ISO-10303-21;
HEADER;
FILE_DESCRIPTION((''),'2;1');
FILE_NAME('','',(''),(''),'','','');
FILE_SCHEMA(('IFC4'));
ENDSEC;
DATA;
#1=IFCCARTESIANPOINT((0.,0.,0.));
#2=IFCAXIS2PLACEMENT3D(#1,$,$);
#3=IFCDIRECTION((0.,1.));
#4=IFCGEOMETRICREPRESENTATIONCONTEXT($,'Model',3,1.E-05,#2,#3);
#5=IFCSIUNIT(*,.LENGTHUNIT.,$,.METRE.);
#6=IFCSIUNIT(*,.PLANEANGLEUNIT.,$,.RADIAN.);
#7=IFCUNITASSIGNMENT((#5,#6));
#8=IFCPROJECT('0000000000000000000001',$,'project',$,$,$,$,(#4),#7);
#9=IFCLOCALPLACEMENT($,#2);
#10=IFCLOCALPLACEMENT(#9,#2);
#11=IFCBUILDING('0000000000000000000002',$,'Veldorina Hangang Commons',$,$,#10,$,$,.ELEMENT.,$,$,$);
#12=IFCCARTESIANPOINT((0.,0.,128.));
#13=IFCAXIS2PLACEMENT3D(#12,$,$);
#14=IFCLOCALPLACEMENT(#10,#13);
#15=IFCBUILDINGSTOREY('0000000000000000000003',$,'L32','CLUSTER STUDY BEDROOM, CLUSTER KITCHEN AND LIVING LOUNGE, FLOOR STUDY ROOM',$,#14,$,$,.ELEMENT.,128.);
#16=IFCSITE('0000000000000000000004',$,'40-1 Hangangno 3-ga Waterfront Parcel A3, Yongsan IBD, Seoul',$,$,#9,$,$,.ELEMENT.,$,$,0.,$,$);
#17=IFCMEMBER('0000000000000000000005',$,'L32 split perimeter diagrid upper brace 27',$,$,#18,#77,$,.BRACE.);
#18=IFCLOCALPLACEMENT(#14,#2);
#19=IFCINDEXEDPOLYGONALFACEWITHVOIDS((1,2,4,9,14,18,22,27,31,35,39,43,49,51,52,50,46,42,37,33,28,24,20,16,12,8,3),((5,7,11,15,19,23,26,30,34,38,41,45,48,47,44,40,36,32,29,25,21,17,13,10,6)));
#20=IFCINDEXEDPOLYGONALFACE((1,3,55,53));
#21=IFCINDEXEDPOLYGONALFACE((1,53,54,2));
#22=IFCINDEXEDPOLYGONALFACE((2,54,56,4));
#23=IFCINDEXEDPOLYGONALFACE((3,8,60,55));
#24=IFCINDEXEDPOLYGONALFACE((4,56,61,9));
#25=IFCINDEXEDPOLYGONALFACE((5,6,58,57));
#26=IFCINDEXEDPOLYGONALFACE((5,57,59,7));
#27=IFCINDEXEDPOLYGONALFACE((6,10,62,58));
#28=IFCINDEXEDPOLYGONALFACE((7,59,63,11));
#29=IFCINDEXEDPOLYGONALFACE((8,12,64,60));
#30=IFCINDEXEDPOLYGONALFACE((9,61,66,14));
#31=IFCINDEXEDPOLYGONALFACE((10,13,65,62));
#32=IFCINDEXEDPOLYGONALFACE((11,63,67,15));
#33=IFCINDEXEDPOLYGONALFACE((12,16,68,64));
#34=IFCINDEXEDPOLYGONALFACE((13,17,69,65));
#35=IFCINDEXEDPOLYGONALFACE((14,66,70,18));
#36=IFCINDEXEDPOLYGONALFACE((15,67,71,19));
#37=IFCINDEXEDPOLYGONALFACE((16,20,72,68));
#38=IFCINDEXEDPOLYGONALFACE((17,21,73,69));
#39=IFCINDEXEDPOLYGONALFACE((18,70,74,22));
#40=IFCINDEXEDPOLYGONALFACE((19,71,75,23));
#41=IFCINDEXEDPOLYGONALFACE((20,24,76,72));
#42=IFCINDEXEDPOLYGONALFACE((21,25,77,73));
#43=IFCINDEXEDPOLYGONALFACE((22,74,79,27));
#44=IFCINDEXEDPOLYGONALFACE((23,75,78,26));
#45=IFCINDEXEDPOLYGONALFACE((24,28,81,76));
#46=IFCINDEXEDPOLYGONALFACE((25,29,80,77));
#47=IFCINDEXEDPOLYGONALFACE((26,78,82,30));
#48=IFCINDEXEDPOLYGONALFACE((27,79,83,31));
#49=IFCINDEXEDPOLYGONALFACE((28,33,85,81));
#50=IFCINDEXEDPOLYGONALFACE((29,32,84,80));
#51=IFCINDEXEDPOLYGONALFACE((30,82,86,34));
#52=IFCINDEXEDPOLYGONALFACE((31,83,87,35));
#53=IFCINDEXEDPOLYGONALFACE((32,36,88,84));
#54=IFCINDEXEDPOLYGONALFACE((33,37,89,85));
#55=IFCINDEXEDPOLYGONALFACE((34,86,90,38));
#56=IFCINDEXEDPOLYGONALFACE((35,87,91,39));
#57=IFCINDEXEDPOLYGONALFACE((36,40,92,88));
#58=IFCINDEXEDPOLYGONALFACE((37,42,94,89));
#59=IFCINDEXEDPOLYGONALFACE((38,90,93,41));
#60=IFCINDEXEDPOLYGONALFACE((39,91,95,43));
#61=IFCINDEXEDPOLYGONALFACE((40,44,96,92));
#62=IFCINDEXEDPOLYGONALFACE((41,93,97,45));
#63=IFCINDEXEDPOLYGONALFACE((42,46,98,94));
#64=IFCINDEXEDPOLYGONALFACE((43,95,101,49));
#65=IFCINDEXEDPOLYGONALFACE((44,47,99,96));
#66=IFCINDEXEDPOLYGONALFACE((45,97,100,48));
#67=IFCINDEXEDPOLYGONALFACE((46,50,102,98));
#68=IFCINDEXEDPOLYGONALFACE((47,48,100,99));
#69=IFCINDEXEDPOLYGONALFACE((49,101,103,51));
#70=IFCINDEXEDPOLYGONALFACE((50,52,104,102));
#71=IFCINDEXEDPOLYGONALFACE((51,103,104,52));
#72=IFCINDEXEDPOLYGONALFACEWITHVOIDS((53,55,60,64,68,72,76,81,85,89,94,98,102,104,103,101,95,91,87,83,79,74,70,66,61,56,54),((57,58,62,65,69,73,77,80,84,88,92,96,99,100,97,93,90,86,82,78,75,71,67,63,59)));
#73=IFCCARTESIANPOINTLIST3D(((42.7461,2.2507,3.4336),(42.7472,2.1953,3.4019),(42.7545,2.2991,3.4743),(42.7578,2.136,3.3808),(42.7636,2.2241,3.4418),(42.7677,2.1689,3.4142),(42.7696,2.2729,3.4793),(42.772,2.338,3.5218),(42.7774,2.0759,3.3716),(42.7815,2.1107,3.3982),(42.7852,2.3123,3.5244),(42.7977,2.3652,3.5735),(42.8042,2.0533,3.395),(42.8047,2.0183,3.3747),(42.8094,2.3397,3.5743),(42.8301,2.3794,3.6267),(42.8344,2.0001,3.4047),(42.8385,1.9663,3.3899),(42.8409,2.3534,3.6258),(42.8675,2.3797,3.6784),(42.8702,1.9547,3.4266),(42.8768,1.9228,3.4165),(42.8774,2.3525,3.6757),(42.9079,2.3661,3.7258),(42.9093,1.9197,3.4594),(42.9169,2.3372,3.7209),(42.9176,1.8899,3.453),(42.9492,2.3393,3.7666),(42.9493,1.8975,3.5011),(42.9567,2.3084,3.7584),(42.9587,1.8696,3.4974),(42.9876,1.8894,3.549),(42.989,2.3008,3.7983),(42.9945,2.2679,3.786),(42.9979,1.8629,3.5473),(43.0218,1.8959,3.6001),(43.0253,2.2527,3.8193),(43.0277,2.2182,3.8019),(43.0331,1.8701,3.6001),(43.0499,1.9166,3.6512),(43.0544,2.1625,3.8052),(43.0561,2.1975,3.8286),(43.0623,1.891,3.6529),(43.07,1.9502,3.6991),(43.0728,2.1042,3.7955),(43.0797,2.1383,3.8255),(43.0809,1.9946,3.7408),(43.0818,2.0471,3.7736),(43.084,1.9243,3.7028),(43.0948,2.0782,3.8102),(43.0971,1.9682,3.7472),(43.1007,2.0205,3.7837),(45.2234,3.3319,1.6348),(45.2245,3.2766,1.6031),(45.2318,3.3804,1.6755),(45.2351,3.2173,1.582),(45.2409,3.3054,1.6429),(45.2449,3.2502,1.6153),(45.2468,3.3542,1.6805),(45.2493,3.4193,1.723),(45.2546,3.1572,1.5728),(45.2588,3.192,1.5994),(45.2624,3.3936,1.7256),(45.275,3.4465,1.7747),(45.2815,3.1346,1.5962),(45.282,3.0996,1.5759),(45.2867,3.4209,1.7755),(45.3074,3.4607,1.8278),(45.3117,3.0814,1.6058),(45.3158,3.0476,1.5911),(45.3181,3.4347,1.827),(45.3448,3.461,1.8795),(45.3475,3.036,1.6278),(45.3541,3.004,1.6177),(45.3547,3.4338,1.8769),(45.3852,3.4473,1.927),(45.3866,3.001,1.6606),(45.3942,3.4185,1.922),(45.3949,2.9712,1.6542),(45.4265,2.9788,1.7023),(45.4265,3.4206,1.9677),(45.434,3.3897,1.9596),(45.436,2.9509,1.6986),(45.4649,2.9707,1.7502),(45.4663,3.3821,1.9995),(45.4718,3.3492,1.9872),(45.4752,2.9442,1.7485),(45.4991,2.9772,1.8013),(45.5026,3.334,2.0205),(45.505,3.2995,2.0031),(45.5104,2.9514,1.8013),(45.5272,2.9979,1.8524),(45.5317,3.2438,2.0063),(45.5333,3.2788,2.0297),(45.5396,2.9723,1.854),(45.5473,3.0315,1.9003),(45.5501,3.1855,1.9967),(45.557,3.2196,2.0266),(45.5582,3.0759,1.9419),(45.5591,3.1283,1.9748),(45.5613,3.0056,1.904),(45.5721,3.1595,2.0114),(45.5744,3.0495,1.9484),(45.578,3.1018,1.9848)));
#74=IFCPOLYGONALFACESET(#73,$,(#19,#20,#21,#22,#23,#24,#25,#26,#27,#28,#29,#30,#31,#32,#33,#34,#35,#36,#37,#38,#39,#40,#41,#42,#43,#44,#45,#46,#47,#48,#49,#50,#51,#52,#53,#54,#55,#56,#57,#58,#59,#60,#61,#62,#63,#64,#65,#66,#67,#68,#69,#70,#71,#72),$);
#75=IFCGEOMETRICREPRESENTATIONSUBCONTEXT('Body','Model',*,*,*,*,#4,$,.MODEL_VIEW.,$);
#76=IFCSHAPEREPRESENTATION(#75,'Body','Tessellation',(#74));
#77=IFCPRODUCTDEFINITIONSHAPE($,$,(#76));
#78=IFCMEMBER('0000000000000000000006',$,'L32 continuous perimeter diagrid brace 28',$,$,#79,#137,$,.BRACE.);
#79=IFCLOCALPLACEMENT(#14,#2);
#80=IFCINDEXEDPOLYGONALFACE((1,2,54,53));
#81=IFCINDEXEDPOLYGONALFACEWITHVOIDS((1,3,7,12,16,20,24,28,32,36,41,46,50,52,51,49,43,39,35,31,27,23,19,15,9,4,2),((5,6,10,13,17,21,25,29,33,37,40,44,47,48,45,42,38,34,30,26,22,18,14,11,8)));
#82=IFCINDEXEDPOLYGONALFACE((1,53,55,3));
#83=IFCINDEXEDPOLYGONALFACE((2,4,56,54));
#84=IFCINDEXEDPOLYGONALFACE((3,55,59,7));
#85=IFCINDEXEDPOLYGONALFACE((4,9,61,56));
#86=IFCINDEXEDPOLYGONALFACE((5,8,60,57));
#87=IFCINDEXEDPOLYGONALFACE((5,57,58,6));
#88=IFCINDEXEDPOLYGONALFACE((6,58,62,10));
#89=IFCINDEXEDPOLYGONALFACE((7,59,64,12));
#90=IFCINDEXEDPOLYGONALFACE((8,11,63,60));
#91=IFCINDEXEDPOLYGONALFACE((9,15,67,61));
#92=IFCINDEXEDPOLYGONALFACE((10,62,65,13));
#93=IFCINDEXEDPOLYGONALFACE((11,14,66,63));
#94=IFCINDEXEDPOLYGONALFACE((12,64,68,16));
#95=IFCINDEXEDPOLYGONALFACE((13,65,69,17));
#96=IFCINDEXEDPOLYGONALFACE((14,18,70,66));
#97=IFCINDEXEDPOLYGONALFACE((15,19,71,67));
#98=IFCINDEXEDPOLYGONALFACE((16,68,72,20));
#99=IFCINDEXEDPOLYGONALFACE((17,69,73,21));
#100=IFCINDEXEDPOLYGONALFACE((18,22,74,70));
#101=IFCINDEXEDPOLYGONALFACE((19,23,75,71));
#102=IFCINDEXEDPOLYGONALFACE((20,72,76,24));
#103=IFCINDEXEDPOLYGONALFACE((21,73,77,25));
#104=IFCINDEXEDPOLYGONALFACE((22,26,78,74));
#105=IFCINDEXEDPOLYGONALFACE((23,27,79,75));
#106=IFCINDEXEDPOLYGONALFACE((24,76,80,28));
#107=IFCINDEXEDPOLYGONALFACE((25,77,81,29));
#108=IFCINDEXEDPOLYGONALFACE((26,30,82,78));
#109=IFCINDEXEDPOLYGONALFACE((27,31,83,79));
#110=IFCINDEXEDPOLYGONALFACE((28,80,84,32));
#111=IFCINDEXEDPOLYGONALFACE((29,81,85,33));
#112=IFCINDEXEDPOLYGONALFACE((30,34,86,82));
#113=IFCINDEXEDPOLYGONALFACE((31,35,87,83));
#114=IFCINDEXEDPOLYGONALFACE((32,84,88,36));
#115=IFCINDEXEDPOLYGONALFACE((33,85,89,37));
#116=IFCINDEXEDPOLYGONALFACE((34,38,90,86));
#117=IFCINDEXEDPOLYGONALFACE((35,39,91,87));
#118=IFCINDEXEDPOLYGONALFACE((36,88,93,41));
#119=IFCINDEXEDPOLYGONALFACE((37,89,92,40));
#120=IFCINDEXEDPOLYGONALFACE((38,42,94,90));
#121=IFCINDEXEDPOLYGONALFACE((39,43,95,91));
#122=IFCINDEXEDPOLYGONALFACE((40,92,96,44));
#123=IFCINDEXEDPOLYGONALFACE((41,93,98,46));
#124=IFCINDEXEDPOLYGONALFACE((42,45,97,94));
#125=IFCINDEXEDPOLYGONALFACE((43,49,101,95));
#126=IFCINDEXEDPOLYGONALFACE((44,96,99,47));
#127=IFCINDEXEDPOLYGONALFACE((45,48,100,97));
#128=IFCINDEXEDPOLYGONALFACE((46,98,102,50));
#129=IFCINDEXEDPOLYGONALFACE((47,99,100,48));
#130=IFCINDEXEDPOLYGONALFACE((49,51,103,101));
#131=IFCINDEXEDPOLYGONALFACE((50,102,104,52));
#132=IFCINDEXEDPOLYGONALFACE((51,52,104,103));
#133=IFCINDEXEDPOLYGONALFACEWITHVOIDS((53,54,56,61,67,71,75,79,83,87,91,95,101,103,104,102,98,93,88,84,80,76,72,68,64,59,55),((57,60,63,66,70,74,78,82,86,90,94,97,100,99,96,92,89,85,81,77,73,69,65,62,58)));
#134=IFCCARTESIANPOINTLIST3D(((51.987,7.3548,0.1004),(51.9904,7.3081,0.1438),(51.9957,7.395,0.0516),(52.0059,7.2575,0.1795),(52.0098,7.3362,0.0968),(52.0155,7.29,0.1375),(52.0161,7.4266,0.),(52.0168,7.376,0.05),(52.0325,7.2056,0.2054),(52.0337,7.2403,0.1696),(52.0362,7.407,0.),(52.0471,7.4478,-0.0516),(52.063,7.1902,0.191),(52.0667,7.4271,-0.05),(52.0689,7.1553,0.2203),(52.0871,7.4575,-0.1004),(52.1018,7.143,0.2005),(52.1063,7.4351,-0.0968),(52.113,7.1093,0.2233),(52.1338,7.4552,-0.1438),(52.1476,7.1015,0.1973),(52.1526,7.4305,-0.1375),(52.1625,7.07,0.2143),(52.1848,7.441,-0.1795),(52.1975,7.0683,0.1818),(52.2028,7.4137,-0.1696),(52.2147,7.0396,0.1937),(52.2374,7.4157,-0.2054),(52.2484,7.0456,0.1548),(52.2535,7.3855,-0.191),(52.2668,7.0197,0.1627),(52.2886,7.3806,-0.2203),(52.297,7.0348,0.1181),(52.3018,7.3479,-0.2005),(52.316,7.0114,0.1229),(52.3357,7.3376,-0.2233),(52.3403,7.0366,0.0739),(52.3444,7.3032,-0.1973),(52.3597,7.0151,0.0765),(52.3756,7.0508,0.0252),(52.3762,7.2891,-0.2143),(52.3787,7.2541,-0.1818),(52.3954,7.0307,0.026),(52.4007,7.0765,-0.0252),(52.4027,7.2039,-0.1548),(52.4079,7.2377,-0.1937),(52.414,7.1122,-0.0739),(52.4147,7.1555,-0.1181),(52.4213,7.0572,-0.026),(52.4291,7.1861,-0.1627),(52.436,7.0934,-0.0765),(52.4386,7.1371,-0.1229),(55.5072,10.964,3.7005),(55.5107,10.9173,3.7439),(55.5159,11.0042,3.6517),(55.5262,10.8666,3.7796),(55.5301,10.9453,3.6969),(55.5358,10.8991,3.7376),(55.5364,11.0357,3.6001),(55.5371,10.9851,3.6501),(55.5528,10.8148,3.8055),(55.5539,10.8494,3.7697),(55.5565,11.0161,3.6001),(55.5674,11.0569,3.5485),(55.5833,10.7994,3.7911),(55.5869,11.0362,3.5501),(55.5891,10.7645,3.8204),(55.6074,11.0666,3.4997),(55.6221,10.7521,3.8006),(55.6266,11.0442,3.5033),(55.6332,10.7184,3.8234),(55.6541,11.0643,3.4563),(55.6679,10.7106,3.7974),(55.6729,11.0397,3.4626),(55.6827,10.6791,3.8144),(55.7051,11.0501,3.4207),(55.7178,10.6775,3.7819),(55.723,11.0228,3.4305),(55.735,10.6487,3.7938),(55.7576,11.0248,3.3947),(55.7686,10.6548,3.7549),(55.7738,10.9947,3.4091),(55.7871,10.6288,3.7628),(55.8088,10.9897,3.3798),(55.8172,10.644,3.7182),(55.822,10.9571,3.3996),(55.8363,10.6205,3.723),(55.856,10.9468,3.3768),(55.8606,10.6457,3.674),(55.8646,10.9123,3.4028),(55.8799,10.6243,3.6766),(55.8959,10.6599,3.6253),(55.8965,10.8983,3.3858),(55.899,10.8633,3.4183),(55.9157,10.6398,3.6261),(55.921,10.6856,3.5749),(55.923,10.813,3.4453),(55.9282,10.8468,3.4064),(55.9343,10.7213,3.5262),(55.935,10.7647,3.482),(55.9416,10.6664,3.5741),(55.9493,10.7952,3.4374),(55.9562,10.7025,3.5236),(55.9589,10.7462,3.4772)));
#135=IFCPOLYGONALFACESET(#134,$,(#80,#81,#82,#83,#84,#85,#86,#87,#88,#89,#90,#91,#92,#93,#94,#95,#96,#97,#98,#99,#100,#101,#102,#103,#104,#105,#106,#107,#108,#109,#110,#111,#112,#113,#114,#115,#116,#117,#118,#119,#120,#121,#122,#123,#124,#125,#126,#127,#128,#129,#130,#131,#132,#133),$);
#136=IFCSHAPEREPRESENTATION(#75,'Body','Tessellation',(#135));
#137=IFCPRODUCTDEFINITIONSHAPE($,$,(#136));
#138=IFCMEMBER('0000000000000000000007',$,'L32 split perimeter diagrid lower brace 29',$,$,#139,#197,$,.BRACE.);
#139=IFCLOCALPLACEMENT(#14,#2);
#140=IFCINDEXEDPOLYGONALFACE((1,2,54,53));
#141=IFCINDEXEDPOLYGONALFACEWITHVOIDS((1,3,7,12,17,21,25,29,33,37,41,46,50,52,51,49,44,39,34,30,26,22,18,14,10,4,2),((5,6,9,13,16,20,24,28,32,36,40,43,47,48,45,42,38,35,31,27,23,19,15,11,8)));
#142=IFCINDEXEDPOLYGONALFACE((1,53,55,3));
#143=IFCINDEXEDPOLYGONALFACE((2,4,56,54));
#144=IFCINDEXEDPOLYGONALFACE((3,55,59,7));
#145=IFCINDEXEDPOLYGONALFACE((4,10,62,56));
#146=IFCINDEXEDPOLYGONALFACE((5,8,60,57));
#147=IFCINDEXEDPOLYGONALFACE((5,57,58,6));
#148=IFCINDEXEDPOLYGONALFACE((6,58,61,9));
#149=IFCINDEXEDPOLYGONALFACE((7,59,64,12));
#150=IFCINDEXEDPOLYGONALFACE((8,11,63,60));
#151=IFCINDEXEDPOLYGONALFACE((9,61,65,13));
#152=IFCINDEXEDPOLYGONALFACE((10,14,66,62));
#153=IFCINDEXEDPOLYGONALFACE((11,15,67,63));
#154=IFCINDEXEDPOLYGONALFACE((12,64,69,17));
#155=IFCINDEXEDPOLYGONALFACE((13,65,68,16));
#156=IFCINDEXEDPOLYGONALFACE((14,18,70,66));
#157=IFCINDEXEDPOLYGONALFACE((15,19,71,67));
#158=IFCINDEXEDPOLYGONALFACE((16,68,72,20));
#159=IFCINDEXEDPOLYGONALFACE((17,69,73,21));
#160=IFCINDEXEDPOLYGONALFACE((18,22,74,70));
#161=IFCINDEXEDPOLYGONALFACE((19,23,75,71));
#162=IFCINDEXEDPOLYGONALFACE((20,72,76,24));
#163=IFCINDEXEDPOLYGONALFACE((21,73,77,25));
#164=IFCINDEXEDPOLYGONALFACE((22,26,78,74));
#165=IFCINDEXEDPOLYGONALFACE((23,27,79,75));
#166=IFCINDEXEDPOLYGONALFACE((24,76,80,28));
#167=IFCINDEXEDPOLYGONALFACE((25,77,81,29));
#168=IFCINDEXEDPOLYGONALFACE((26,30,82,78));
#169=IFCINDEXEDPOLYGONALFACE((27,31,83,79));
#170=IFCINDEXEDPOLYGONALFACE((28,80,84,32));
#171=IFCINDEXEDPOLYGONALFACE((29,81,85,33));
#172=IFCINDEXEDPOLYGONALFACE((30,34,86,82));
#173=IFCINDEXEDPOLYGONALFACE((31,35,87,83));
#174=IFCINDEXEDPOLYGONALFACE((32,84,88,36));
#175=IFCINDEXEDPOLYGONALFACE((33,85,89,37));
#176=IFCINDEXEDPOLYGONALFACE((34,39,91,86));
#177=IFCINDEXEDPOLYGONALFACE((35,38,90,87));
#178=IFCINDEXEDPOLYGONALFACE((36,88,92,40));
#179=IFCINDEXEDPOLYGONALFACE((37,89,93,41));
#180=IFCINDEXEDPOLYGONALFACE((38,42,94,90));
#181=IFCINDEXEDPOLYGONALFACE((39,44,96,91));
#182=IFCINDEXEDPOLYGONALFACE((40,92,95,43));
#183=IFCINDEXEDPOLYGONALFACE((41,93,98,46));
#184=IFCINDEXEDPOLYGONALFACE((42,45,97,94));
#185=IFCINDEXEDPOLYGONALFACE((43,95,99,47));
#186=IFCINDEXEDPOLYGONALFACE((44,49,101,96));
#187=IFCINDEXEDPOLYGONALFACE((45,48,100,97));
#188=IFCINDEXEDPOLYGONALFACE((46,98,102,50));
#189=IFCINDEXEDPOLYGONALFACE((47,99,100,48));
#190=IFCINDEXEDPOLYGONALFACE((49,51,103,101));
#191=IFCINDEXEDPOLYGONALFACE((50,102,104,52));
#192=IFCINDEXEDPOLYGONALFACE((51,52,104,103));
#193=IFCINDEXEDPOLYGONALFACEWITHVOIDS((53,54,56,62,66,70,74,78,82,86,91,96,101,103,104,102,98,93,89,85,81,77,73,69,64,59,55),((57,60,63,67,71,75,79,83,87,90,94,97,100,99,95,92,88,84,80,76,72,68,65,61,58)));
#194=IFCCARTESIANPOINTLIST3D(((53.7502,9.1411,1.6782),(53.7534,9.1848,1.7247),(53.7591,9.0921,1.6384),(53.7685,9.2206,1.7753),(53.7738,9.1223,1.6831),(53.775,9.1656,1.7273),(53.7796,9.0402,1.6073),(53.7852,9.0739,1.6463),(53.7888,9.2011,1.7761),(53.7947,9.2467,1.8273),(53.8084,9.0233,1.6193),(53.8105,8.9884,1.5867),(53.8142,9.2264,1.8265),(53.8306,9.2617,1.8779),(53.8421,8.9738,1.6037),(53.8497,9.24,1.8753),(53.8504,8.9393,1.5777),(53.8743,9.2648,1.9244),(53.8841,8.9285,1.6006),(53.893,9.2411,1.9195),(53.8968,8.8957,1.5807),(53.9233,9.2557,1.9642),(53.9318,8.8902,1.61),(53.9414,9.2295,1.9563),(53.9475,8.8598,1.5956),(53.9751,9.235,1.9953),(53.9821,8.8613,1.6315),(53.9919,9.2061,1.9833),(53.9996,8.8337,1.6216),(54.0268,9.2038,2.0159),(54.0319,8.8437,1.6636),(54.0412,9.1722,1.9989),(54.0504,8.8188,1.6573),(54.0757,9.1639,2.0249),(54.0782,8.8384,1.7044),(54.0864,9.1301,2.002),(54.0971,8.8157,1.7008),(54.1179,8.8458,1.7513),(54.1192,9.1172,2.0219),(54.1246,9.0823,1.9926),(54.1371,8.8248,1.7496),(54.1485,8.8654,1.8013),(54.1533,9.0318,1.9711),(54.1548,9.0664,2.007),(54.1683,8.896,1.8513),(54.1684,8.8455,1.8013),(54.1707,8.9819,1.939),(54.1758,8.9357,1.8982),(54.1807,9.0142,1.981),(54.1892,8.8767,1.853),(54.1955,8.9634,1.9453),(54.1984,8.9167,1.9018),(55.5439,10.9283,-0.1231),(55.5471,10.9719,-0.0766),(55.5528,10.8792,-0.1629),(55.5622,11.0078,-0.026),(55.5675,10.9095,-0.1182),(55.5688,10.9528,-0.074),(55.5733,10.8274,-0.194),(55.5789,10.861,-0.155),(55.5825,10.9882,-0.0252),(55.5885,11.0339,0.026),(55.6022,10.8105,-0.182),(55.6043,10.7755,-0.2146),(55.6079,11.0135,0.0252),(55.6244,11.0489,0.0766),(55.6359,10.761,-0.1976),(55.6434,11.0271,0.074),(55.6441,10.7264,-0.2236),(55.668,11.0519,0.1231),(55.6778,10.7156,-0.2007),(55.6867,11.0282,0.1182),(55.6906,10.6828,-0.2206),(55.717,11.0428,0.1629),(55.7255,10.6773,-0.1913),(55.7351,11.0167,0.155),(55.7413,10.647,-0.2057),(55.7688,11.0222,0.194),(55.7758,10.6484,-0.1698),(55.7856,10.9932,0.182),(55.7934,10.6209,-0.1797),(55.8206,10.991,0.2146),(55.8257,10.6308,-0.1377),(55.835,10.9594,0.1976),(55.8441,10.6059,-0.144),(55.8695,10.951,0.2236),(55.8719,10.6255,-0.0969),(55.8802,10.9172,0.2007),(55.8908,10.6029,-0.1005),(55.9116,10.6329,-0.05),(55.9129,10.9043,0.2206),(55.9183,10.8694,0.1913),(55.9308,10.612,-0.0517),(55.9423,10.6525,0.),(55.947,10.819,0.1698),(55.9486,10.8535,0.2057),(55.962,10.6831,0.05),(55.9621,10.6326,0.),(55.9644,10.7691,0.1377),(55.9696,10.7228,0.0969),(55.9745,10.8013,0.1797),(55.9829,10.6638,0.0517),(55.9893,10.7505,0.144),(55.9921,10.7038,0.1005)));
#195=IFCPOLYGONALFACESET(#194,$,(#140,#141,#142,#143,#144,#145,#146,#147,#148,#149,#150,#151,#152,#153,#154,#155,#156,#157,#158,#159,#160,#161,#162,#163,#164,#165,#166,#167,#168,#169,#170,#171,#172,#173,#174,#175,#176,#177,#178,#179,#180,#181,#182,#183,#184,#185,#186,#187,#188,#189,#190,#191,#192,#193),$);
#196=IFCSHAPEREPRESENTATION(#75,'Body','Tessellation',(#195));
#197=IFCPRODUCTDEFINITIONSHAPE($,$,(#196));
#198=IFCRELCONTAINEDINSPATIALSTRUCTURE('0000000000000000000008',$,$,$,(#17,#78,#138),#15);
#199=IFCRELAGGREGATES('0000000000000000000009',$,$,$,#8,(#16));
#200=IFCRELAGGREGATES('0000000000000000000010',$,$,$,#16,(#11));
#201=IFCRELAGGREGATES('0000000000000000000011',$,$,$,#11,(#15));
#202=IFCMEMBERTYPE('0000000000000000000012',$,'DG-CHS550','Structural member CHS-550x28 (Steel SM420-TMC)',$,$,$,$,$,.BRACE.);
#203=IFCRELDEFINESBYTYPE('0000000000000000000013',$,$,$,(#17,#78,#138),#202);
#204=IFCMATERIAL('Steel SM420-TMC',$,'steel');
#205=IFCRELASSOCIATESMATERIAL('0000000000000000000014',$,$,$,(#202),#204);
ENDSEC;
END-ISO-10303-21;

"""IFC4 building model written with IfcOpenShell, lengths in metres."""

from ifc_helpers import new_model, si_unit, direction, frame, origin, origin_2d, place, context, subcontext, project, spatial, hollow_circle, extrude, material, material_profile, profile_set, type_object, element, save


model = new_model("IFC4")

# Units and contexts
model_context = context("Model", 3, precision=1e-05, world=origin(), true_north=direction((0.0, 1.0)))
body_context = subcontext(model_context, "Body", "Model", "MODEL_VIEW")
ifc_project = project(units=[si_unit("LENGTHUNIT", "METRE"), si_unit("PLANEANGLEUNIT", "RADIAN")], contexts=[model_context])

# Site, building, storey
site_placement = place(None, origin())
site = spatial("IfcSite", under=ifc_project, at=site_placement, Name="40-1 Hangangno 3-ga Waterfront Parcel A3, Yongsan IBD, Seoul", CompositionType="ELEMENT", RefElevation=0.0)
building_placement = place(site_placement, origin())
building = spatial("IfcBuilding", under=site, at=building_placement, Name="Veldorina Hangang Commons", CompositionType="ELEMENT")
storey_placement = place(building_placement, frame((0.0, 0.0, 128.0)))
storey = spatial("IfcBuildingStorey", under=building, at=storey_placement, Name="L32", Description="CLUSTER STUDY BEDROOM, CLUSTER KITCHEN AND LIVING LOUNGE, FLOOR STUDY ROOM", CompositionType="ELEMENT", Elevation=128.0)

# Shared definitions
ifc_material_1 = material(Name="Steel SM420-TMC", Category="steel")

# Members
ifc_material_profile_1 = material_profile(ifc_material_1, hollow_circle(Radius=0.2749, WallThickness=0.0281, at=origin_2d()), Name="CHS-550x28")
ifc_profile_set_1 = profile_set([ifc_material_profile_1], Name="Steel SM420-TMC")
member_type_1 = type_object("IfcMemberType", Name="DG-CHS550", Description="Structural member CHS-550x28 (Steel SM420-TMC)", PredefinedType="BRACE", material=ifc_profile_set_1)
member_1_placement = place(storey_placement, frame((45.4004, 3.2034, 1.8013), z_axis=(-0.762986, -0.333031, 0.554024), x_axis=(0.400037, -0.916499, 0.0)))
element("IfcMember", 1, at=member_1_placement, inside=storey, type_object=member_type_1, Name="L32 split perimeter diagrid upper brace 27", PredefinedType="BRACE", context=body_context, shape_type="SweptSolid", body=[
    extrude(hollow_circle(Radius=0.2749, WallThickness=0.0281, at=origin_2d()), origin(), (0.0, 0.0, 1.0), 3.2468),
])
member_2_placement = place(storey_placement, frame((52.2129, 7.2346, 0.0), z_axis=(0.568237, 0.582582, 0.581124), x_axis=(-0.715865, 0.698239, 0.0)))
element("IfcMember", 2, at=member_2_placement, inside=storey, type_object=member_type_1, Name="L32 continuous perimeter diagrid brace 28", PredefinedType="BRACE", context=body_context, shape_type="SweptSolid", body=[
    extrude(hollow_circle(Radius=0.2749, WallThickness=0.0281, at=origin_2d()), origin(), (0.0, 0.0, 1.0), 6.1951),
])
member_3_placement = place(storey_placement, frame((55.7681, 10.8274, 0.0), z_axis=(-0.577243, -0.575121, 0.579678), x_axis=(0.705804, -0.708407, 0.0)))
element("IfcMember", 3, at=member_3_placement, inside=storey, type_object=member_type_1, Name="L32 split perimeter diagrid lower brace 29", PredefinedType="BRACE", context=body_context, shape_type="SweptSolid", body=[
    extrude(hollow_circle(Radius=0.2749, WallThickness=0.0281, at=origin_2d()), origin(), (0.0, 0.0, 1.0), 3.1074),
])

save(model, "model.ifc")
